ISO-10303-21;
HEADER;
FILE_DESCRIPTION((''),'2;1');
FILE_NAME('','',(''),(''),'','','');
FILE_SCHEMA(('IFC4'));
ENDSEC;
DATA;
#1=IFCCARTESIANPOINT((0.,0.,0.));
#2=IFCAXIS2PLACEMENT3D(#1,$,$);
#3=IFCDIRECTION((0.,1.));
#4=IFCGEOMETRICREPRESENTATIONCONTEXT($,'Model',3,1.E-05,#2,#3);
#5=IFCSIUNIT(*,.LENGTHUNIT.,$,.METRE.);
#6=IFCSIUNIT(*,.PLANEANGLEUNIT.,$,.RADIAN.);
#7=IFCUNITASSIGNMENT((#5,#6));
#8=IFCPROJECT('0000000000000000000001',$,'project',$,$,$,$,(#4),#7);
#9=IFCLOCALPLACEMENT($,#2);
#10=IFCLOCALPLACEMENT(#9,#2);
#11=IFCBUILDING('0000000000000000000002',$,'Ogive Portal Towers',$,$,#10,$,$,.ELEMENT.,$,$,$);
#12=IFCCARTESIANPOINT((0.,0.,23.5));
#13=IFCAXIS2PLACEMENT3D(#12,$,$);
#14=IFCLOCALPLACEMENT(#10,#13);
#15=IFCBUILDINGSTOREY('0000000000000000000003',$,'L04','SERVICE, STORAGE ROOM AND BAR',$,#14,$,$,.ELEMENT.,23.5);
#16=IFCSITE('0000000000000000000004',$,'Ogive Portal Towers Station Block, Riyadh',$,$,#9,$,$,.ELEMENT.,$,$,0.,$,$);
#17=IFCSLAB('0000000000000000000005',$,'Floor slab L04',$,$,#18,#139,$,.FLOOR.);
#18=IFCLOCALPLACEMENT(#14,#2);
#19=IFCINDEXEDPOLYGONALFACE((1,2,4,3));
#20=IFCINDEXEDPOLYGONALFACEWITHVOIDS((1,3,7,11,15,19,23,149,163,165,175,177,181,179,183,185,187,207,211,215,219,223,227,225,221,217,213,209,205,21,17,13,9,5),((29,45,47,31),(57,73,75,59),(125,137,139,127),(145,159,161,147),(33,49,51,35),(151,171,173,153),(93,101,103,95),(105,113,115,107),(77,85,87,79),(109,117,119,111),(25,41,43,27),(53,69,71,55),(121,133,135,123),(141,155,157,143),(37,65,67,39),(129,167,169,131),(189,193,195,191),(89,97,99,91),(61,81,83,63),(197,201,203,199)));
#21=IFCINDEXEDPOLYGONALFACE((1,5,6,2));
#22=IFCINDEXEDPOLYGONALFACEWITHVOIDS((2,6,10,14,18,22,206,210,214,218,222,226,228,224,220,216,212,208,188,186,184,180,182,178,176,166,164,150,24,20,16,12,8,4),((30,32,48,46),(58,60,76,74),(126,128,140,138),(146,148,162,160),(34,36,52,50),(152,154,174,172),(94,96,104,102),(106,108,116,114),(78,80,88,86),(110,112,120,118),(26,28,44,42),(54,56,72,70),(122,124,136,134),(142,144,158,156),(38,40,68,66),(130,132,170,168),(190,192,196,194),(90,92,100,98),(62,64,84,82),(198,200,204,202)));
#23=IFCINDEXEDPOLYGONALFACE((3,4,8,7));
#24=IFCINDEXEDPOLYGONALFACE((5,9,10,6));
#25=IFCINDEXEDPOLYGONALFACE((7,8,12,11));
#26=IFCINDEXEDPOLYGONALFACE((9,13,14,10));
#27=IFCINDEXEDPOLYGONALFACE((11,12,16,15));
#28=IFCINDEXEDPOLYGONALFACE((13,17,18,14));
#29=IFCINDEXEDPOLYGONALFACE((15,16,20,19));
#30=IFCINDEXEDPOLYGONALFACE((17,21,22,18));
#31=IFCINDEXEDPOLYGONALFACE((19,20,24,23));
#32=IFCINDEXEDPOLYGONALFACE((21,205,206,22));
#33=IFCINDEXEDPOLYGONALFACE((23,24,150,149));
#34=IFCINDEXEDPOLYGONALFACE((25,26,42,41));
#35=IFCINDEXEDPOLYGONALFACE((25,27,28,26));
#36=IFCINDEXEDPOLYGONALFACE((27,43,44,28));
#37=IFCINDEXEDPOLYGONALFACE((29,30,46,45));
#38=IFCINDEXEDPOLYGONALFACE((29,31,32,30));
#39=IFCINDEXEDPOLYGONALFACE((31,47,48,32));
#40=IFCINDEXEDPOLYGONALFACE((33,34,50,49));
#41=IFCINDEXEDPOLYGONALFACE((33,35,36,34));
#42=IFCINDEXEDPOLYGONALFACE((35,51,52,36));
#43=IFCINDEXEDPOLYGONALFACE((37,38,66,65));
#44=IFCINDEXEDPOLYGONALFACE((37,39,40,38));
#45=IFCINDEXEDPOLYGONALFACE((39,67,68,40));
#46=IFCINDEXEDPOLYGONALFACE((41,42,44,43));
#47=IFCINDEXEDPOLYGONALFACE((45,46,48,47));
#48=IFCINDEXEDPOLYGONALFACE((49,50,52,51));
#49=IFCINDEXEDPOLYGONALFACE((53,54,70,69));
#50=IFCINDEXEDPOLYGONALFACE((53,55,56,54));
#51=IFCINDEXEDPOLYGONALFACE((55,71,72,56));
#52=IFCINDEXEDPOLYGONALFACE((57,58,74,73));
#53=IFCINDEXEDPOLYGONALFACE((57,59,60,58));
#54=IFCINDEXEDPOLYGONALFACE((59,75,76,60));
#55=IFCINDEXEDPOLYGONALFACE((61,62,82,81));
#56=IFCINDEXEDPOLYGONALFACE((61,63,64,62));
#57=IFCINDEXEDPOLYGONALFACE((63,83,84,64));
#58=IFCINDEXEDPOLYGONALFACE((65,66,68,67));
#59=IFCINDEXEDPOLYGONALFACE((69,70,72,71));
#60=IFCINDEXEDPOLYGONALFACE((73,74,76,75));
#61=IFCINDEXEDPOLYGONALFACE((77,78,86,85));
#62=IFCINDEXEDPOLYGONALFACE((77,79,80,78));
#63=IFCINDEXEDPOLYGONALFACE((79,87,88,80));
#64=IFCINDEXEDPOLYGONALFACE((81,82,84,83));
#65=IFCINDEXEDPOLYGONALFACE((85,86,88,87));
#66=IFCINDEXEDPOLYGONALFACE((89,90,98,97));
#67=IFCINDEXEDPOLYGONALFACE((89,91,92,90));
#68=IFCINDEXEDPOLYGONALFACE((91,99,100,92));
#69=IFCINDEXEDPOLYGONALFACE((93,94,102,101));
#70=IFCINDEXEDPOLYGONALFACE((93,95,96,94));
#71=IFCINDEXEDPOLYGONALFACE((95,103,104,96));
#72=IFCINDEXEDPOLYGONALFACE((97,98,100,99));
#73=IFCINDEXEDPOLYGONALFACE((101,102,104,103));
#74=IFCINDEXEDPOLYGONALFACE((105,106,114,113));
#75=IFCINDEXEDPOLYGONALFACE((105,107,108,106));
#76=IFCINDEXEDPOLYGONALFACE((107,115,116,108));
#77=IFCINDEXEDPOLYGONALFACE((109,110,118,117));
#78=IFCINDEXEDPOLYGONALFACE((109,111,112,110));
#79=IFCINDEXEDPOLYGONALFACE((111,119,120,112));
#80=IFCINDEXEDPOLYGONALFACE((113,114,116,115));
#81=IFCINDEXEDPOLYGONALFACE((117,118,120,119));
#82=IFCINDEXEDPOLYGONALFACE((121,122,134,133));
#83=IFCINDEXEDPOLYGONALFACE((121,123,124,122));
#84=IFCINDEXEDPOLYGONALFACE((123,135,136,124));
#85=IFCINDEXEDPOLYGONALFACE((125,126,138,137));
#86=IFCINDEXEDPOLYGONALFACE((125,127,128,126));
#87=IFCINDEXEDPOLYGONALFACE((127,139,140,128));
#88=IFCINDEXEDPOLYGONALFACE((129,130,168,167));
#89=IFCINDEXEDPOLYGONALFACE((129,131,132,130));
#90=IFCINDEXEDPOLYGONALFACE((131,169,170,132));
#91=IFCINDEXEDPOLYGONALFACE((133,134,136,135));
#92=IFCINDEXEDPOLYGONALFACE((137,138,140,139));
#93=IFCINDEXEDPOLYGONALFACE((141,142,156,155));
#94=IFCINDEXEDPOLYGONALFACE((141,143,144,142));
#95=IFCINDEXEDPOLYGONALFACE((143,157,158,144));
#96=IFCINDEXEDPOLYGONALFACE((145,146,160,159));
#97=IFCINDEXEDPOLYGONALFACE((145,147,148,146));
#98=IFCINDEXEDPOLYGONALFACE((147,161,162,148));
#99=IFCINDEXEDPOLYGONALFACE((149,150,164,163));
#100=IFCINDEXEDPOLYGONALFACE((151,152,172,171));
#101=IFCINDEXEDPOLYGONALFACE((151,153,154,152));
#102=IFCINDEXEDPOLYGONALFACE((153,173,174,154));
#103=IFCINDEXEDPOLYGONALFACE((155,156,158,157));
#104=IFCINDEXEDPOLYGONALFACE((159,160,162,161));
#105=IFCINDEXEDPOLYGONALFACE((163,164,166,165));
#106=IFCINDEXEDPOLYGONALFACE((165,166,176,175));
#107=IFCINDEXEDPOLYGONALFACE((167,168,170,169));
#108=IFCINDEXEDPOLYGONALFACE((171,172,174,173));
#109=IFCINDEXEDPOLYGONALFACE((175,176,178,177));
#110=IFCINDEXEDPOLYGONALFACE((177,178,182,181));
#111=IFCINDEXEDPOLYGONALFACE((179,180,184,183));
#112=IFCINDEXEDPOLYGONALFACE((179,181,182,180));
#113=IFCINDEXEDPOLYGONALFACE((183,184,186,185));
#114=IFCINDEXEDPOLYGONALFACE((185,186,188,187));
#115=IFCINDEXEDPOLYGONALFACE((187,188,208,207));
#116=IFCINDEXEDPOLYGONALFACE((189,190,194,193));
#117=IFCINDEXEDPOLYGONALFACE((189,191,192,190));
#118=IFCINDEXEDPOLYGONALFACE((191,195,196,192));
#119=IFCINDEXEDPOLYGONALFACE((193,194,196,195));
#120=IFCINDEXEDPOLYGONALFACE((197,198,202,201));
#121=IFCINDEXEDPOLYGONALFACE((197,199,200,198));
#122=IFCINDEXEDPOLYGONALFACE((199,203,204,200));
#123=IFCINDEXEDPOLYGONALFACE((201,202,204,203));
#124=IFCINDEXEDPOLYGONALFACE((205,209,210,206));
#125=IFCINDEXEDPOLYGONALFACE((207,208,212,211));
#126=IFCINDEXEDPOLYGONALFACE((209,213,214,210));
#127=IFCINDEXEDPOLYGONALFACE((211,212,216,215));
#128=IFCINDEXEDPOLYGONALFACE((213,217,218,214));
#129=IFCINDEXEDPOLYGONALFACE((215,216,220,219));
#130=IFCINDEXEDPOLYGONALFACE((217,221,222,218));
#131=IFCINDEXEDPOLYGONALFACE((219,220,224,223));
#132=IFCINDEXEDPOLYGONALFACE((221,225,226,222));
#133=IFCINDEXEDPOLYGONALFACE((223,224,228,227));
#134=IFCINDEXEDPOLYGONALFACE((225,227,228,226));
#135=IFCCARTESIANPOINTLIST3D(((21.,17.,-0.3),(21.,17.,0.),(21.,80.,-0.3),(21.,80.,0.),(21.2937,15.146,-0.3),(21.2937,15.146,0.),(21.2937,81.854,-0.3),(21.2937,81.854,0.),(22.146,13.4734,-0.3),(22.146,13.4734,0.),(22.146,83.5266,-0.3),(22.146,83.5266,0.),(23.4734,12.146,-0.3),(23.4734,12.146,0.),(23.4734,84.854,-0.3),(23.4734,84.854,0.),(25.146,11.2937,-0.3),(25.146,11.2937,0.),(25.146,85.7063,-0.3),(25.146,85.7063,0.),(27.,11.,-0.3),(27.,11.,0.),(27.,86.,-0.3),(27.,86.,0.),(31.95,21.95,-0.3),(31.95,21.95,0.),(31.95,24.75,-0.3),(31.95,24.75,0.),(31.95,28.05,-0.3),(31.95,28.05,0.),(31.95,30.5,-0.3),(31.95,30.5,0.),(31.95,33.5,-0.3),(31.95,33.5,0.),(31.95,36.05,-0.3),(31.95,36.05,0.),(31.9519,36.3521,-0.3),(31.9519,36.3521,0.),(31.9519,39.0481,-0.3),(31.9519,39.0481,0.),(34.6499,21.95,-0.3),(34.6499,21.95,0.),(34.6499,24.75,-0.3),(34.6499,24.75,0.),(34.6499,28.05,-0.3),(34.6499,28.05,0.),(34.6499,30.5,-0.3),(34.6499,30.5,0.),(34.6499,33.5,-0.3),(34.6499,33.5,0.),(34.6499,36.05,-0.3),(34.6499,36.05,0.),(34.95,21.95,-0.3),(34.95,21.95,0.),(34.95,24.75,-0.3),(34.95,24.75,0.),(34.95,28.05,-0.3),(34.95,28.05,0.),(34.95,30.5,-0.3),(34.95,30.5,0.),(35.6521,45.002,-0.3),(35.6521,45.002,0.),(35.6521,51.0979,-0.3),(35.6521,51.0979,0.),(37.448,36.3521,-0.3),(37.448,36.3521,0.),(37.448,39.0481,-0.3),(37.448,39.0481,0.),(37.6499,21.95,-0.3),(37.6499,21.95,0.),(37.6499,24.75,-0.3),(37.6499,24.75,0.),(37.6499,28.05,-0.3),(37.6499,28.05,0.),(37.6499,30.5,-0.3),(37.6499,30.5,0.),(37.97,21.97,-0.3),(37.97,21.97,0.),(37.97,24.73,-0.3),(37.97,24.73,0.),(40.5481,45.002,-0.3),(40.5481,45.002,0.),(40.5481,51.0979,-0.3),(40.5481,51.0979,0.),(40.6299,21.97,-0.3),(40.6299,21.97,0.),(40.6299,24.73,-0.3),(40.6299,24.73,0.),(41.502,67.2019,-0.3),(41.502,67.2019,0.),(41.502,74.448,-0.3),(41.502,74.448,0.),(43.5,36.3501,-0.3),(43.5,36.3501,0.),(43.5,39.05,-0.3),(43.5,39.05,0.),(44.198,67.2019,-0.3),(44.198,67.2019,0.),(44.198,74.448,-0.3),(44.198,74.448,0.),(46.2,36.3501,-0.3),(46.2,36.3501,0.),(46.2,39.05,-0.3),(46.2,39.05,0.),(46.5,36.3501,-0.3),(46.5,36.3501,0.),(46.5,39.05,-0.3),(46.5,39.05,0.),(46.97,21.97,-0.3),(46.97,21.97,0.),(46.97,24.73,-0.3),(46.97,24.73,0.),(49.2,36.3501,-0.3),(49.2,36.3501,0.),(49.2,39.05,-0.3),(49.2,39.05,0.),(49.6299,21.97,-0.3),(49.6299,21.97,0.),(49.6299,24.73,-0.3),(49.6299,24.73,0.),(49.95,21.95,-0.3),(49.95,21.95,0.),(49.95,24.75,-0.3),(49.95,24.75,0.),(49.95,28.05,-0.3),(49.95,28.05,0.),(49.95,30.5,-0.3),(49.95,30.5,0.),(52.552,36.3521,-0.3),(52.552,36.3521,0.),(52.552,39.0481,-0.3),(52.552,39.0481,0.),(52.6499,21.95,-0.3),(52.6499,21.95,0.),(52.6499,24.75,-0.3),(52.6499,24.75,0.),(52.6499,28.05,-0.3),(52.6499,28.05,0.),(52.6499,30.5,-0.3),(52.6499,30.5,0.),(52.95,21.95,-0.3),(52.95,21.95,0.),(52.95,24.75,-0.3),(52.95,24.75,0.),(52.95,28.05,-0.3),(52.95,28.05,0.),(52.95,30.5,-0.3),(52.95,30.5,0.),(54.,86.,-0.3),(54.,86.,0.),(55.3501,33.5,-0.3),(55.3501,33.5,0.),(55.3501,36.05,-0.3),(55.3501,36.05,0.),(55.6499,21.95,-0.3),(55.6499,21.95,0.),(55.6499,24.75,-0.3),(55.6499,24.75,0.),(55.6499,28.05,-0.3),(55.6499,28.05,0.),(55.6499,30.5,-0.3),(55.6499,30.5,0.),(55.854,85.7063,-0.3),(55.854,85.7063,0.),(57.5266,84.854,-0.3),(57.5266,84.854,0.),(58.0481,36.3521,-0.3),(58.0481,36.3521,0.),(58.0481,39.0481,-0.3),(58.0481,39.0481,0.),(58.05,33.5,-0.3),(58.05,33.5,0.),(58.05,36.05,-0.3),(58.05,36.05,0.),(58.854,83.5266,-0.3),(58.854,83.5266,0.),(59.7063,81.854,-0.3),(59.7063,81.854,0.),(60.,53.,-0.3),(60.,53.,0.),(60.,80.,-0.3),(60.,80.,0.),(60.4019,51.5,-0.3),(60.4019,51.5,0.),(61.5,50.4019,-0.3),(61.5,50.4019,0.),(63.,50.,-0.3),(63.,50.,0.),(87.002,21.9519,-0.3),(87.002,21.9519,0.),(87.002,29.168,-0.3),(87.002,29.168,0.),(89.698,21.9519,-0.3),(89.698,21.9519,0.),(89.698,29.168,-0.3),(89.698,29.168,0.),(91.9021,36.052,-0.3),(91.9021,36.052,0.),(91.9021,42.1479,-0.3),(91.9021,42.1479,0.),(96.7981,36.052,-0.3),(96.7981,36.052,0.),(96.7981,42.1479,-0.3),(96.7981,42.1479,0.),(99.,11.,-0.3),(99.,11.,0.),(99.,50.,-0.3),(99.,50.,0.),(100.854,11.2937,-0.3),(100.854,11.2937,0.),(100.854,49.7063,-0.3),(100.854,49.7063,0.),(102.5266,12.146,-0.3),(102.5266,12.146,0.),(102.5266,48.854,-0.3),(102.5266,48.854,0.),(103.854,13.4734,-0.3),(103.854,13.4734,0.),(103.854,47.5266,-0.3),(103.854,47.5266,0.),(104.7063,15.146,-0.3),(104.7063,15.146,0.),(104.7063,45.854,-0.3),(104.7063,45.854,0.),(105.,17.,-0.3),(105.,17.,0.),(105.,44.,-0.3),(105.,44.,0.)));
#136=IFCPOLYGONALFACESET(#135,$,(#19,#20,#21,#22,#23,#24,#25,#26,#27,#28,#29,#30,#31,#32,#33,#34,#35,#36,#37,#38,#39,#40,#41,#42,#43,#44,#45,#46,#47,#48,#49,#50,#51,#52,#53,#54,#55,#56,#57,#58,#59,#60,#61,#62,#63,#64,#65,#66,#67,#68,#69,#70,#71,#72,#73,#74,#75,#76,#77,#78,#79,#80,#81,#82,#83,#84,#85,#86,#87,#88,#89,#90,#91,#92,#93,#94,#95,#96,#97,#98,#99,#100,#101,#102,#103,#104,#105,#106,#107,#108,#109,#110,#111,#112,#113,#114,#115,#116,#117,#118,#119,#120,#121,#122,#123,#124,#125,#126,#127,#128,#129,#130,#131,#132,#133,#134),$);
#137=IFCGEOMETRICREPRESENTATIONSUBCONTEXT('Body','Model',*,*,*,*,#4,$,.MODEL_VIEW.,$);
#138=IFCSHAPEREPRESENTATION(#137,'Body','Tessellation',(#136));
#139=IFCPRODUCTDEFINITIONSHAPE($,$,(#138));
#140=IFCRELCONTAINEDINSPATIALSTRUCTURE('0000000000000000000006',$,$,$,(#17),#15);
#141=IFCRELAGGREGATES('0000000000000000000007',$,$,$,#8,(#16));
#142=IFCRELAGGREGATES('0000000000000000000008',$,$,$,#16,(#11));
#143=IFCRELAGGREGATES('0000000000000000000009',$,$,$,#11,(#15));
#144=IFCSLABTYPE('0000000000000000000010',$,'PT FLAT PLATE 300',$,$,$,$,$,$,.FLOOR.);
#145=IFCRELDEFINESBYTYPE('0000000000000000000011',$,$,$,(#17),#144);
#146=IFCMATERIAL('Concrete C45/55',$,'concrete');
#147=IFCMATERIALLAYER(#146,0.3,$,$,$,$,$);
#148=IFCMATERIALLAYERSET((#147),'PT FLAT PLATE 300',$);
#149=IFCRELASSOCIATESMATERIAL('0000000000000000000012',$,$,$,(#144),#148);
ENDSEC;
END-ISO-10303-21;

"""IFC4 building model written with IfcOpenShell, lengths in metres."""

from ifc_helpers import new_model, si_unit, direction, frame, origin, place, context, subcontext, project, spatial, polyline, outline, extrude, material, layer, layer_set, type_object, element, save


model = new_model("IFC4")

# Units and contexts
model_context = context("Model", 3, precision=1e-05, world=origin(), true_north=direction((0.0, 1.0)))
body_context = subcontext(model_context, "Body", "Model", "MODEL_VIEW")
ifc_project = project(units=[si_unit("LENGTHUNIT", "METRE"), si_unit("PLANEANGLEUNIT", "RADIAN")], contexts=[model_context])

# Site, building, storey
site_placement = place(None, origin())
site = spatial("IfcSite", under=ifc_project, at=site_placement, Name="Ogive Portal Towers Station Block, Riyadh", CompositionType="ELEMENT", RefElevation=0.0)
building_placement = place(site_placement, origin())
building = spatial("IfcBuilding", under=site, at=building_placement, Name="Ogive Portal Towers", CompositionType="ELEMENT")
storey_placement = place(building_placement, frame((0.0, 0.0, 23.5)))
storey = spatial("IfcBuildingStorey", under=building, at=storey_placement, Name="L04", Description="SERVICE, STORAGE ROOM AND BAR", CompositionType="ELEMENT", Elevation=23.5)

# Slab
ifc_material_1 = material(Name="Concrete C45/55", Category="concrete")
ifc_layer_1 = layer(ifc_material_1, 0.3)
ifc_layer_set_1 = layer_set([ifc_layer_1], Name="PT FLAT PLATE 300")
slab_type_1 = type_object("IfcSlabType", Name="PT FLAT PLATE 300", PredefinedType="FLOOR", material=ifc_layer_set_1)
slab_1_placement = place(storey_placement, frame((0.0, 0.0, -0.3)))
element("IfcSlab", 1, at=slab_1_placement, inside=storey, type_object=slab_type_1, Name="Floor slab L04", PredefinedType="FLOOR", context=body_context, shape_type="SweptSolid", body=[
    extrude(outline(polyline([(21.0, 80.0), (21.0, 17.0), (21.2937, 15.146), (22.146, 13.4734), (23.4734, 12.146), (25.146, 11.2937), (27.0, 11.0), (99.0, 11.0), (100.854, 11.2937), (102.5266, 12.146), (103.854, 13.4734), (104.7063, 15.146), (105.0, 17.0), (105.0, 44.0), (104.7063, 45.854), (103.854, 47.5266), (102.5266, 48.854), (100.854, 49.7063), (99.0, 50.0), (63.0, 50.0), (61.5, 50.4019), (60.4019, 51.5), (60.0, 53.0), (60.0, 80.0), (59.7063, 81.854), (58.854, 83.5266), (57.5266, 84.854), (55.854, 85.7063), (54.0, 86.0), (27.0, 86.0), (25.146, 85.7063), (23.4734, 84.854), (22.146, 83.5266), (21.2937, 81.854), (21.0, 80.0)]), holes=[polyline([(34.6499, 24.75), (34.6499, 21.95), (31.95, 21.95), (31.95, 24.75), (34.6499, 24.75)]), polyline([(37.6499, 24.75), (37.6499, 21.95), (34.95, 21.95), (34.95, 24.75), (37.6499, 24.75)]), polyline([(40.6299, 21.97), (37.97, 21.97), (37.97, 24.73), (40.6299, 24.73), (40.6299, 21.97)]), polyline([(34.6499, 28.05), (31.95, 28.05), (31.95, 30.5), (34.6499, 30.5), (34.6499, 28.05)]), polyline([(37.6499, 28.05), (34.95, 28.05), (34.95, 30.5), (37.6499, 30.5), (37.6499, 28.05)]), polyline([(34.6499, 36.05), (34.6499, 33.5), (31.95, 33.5), (31.95, 36.05), (34.6499, 36.05)]), polyline([(37.448, 39.0481), (37.448, 36.3521), (31.9519, 36.3521), (31.9519, 39.0481), (37.448, 39.0481)]), polyline([(46.2, 36.3501), (43.5, 36.3501), (43.5, 39.05), (46.2, 39.05), (46.2, 36.3501)]), polyline([(49.2, 39.05), (49.2, 36.3501), (46.5, 36.3501), (46.5, 39.05), (49.2, 39.05)]), polyline([(40.5481, 45.002), (35.6521, 45.002), (35.6521, 51.0979), (40.5481, 51.0979), (40.5481, 45.002)]), polyline([(44.198, 67.2019), (41.502, 67.2019), (41.502, 74.448), (44.198, 74.448), (44.198, 67.2019)]), polyline([(49.6299, 21.97), (46.97, 21.97), (46.97, 24.73), (49.6299, 24.73), (49.6299, 21.97)]), polyline([(52.6499, 24.75), (52.6499, 21.95), (49.95, 21.95), (49.95, 24.75), (52.6499, 24.75)]), polyline([(55.6499, 21.95), (52.95, 21.95), (52.95, 24.75), (55.6499, 24.75), (55.6499, 21.95)]), polyline([(87.002, 29.168), (89.698, 29.168), (89.698, 21.9519), (87.002, 21.9519), (87.002, 29.168)]), polyline([(52.6499, 30.5), (52.6499, 28.05), (49.95, 28.05), (49.95, 30.5), (52.6499, 30.5)]), polyline([(55.6499, 28.05), (52.95, 28.05), (52.95, 30.5), (55.6499, 30.5), (55.6499, 28.05)]), polyline([(58.05, 36.05), (58.05, 33.5), (55.3501, 33.5), (55.3501, 36.05), (58.05, 36.05)]), polyline([(52.552, 36.3521), (52.552, 39.0481), (58.0481, 39.0481), (58.0481, 36.3521), (52.552, 36.3521)]), polyline([(96.7981, 36.052), (91.9021, 36.052), (91.9021, 42.1479), (96.7981, 42.1479), (96.7981, 36.052)])]), origin(), (0.0, 0.0, 1.0), 0.3),
])

save(model, "model.ifc")
